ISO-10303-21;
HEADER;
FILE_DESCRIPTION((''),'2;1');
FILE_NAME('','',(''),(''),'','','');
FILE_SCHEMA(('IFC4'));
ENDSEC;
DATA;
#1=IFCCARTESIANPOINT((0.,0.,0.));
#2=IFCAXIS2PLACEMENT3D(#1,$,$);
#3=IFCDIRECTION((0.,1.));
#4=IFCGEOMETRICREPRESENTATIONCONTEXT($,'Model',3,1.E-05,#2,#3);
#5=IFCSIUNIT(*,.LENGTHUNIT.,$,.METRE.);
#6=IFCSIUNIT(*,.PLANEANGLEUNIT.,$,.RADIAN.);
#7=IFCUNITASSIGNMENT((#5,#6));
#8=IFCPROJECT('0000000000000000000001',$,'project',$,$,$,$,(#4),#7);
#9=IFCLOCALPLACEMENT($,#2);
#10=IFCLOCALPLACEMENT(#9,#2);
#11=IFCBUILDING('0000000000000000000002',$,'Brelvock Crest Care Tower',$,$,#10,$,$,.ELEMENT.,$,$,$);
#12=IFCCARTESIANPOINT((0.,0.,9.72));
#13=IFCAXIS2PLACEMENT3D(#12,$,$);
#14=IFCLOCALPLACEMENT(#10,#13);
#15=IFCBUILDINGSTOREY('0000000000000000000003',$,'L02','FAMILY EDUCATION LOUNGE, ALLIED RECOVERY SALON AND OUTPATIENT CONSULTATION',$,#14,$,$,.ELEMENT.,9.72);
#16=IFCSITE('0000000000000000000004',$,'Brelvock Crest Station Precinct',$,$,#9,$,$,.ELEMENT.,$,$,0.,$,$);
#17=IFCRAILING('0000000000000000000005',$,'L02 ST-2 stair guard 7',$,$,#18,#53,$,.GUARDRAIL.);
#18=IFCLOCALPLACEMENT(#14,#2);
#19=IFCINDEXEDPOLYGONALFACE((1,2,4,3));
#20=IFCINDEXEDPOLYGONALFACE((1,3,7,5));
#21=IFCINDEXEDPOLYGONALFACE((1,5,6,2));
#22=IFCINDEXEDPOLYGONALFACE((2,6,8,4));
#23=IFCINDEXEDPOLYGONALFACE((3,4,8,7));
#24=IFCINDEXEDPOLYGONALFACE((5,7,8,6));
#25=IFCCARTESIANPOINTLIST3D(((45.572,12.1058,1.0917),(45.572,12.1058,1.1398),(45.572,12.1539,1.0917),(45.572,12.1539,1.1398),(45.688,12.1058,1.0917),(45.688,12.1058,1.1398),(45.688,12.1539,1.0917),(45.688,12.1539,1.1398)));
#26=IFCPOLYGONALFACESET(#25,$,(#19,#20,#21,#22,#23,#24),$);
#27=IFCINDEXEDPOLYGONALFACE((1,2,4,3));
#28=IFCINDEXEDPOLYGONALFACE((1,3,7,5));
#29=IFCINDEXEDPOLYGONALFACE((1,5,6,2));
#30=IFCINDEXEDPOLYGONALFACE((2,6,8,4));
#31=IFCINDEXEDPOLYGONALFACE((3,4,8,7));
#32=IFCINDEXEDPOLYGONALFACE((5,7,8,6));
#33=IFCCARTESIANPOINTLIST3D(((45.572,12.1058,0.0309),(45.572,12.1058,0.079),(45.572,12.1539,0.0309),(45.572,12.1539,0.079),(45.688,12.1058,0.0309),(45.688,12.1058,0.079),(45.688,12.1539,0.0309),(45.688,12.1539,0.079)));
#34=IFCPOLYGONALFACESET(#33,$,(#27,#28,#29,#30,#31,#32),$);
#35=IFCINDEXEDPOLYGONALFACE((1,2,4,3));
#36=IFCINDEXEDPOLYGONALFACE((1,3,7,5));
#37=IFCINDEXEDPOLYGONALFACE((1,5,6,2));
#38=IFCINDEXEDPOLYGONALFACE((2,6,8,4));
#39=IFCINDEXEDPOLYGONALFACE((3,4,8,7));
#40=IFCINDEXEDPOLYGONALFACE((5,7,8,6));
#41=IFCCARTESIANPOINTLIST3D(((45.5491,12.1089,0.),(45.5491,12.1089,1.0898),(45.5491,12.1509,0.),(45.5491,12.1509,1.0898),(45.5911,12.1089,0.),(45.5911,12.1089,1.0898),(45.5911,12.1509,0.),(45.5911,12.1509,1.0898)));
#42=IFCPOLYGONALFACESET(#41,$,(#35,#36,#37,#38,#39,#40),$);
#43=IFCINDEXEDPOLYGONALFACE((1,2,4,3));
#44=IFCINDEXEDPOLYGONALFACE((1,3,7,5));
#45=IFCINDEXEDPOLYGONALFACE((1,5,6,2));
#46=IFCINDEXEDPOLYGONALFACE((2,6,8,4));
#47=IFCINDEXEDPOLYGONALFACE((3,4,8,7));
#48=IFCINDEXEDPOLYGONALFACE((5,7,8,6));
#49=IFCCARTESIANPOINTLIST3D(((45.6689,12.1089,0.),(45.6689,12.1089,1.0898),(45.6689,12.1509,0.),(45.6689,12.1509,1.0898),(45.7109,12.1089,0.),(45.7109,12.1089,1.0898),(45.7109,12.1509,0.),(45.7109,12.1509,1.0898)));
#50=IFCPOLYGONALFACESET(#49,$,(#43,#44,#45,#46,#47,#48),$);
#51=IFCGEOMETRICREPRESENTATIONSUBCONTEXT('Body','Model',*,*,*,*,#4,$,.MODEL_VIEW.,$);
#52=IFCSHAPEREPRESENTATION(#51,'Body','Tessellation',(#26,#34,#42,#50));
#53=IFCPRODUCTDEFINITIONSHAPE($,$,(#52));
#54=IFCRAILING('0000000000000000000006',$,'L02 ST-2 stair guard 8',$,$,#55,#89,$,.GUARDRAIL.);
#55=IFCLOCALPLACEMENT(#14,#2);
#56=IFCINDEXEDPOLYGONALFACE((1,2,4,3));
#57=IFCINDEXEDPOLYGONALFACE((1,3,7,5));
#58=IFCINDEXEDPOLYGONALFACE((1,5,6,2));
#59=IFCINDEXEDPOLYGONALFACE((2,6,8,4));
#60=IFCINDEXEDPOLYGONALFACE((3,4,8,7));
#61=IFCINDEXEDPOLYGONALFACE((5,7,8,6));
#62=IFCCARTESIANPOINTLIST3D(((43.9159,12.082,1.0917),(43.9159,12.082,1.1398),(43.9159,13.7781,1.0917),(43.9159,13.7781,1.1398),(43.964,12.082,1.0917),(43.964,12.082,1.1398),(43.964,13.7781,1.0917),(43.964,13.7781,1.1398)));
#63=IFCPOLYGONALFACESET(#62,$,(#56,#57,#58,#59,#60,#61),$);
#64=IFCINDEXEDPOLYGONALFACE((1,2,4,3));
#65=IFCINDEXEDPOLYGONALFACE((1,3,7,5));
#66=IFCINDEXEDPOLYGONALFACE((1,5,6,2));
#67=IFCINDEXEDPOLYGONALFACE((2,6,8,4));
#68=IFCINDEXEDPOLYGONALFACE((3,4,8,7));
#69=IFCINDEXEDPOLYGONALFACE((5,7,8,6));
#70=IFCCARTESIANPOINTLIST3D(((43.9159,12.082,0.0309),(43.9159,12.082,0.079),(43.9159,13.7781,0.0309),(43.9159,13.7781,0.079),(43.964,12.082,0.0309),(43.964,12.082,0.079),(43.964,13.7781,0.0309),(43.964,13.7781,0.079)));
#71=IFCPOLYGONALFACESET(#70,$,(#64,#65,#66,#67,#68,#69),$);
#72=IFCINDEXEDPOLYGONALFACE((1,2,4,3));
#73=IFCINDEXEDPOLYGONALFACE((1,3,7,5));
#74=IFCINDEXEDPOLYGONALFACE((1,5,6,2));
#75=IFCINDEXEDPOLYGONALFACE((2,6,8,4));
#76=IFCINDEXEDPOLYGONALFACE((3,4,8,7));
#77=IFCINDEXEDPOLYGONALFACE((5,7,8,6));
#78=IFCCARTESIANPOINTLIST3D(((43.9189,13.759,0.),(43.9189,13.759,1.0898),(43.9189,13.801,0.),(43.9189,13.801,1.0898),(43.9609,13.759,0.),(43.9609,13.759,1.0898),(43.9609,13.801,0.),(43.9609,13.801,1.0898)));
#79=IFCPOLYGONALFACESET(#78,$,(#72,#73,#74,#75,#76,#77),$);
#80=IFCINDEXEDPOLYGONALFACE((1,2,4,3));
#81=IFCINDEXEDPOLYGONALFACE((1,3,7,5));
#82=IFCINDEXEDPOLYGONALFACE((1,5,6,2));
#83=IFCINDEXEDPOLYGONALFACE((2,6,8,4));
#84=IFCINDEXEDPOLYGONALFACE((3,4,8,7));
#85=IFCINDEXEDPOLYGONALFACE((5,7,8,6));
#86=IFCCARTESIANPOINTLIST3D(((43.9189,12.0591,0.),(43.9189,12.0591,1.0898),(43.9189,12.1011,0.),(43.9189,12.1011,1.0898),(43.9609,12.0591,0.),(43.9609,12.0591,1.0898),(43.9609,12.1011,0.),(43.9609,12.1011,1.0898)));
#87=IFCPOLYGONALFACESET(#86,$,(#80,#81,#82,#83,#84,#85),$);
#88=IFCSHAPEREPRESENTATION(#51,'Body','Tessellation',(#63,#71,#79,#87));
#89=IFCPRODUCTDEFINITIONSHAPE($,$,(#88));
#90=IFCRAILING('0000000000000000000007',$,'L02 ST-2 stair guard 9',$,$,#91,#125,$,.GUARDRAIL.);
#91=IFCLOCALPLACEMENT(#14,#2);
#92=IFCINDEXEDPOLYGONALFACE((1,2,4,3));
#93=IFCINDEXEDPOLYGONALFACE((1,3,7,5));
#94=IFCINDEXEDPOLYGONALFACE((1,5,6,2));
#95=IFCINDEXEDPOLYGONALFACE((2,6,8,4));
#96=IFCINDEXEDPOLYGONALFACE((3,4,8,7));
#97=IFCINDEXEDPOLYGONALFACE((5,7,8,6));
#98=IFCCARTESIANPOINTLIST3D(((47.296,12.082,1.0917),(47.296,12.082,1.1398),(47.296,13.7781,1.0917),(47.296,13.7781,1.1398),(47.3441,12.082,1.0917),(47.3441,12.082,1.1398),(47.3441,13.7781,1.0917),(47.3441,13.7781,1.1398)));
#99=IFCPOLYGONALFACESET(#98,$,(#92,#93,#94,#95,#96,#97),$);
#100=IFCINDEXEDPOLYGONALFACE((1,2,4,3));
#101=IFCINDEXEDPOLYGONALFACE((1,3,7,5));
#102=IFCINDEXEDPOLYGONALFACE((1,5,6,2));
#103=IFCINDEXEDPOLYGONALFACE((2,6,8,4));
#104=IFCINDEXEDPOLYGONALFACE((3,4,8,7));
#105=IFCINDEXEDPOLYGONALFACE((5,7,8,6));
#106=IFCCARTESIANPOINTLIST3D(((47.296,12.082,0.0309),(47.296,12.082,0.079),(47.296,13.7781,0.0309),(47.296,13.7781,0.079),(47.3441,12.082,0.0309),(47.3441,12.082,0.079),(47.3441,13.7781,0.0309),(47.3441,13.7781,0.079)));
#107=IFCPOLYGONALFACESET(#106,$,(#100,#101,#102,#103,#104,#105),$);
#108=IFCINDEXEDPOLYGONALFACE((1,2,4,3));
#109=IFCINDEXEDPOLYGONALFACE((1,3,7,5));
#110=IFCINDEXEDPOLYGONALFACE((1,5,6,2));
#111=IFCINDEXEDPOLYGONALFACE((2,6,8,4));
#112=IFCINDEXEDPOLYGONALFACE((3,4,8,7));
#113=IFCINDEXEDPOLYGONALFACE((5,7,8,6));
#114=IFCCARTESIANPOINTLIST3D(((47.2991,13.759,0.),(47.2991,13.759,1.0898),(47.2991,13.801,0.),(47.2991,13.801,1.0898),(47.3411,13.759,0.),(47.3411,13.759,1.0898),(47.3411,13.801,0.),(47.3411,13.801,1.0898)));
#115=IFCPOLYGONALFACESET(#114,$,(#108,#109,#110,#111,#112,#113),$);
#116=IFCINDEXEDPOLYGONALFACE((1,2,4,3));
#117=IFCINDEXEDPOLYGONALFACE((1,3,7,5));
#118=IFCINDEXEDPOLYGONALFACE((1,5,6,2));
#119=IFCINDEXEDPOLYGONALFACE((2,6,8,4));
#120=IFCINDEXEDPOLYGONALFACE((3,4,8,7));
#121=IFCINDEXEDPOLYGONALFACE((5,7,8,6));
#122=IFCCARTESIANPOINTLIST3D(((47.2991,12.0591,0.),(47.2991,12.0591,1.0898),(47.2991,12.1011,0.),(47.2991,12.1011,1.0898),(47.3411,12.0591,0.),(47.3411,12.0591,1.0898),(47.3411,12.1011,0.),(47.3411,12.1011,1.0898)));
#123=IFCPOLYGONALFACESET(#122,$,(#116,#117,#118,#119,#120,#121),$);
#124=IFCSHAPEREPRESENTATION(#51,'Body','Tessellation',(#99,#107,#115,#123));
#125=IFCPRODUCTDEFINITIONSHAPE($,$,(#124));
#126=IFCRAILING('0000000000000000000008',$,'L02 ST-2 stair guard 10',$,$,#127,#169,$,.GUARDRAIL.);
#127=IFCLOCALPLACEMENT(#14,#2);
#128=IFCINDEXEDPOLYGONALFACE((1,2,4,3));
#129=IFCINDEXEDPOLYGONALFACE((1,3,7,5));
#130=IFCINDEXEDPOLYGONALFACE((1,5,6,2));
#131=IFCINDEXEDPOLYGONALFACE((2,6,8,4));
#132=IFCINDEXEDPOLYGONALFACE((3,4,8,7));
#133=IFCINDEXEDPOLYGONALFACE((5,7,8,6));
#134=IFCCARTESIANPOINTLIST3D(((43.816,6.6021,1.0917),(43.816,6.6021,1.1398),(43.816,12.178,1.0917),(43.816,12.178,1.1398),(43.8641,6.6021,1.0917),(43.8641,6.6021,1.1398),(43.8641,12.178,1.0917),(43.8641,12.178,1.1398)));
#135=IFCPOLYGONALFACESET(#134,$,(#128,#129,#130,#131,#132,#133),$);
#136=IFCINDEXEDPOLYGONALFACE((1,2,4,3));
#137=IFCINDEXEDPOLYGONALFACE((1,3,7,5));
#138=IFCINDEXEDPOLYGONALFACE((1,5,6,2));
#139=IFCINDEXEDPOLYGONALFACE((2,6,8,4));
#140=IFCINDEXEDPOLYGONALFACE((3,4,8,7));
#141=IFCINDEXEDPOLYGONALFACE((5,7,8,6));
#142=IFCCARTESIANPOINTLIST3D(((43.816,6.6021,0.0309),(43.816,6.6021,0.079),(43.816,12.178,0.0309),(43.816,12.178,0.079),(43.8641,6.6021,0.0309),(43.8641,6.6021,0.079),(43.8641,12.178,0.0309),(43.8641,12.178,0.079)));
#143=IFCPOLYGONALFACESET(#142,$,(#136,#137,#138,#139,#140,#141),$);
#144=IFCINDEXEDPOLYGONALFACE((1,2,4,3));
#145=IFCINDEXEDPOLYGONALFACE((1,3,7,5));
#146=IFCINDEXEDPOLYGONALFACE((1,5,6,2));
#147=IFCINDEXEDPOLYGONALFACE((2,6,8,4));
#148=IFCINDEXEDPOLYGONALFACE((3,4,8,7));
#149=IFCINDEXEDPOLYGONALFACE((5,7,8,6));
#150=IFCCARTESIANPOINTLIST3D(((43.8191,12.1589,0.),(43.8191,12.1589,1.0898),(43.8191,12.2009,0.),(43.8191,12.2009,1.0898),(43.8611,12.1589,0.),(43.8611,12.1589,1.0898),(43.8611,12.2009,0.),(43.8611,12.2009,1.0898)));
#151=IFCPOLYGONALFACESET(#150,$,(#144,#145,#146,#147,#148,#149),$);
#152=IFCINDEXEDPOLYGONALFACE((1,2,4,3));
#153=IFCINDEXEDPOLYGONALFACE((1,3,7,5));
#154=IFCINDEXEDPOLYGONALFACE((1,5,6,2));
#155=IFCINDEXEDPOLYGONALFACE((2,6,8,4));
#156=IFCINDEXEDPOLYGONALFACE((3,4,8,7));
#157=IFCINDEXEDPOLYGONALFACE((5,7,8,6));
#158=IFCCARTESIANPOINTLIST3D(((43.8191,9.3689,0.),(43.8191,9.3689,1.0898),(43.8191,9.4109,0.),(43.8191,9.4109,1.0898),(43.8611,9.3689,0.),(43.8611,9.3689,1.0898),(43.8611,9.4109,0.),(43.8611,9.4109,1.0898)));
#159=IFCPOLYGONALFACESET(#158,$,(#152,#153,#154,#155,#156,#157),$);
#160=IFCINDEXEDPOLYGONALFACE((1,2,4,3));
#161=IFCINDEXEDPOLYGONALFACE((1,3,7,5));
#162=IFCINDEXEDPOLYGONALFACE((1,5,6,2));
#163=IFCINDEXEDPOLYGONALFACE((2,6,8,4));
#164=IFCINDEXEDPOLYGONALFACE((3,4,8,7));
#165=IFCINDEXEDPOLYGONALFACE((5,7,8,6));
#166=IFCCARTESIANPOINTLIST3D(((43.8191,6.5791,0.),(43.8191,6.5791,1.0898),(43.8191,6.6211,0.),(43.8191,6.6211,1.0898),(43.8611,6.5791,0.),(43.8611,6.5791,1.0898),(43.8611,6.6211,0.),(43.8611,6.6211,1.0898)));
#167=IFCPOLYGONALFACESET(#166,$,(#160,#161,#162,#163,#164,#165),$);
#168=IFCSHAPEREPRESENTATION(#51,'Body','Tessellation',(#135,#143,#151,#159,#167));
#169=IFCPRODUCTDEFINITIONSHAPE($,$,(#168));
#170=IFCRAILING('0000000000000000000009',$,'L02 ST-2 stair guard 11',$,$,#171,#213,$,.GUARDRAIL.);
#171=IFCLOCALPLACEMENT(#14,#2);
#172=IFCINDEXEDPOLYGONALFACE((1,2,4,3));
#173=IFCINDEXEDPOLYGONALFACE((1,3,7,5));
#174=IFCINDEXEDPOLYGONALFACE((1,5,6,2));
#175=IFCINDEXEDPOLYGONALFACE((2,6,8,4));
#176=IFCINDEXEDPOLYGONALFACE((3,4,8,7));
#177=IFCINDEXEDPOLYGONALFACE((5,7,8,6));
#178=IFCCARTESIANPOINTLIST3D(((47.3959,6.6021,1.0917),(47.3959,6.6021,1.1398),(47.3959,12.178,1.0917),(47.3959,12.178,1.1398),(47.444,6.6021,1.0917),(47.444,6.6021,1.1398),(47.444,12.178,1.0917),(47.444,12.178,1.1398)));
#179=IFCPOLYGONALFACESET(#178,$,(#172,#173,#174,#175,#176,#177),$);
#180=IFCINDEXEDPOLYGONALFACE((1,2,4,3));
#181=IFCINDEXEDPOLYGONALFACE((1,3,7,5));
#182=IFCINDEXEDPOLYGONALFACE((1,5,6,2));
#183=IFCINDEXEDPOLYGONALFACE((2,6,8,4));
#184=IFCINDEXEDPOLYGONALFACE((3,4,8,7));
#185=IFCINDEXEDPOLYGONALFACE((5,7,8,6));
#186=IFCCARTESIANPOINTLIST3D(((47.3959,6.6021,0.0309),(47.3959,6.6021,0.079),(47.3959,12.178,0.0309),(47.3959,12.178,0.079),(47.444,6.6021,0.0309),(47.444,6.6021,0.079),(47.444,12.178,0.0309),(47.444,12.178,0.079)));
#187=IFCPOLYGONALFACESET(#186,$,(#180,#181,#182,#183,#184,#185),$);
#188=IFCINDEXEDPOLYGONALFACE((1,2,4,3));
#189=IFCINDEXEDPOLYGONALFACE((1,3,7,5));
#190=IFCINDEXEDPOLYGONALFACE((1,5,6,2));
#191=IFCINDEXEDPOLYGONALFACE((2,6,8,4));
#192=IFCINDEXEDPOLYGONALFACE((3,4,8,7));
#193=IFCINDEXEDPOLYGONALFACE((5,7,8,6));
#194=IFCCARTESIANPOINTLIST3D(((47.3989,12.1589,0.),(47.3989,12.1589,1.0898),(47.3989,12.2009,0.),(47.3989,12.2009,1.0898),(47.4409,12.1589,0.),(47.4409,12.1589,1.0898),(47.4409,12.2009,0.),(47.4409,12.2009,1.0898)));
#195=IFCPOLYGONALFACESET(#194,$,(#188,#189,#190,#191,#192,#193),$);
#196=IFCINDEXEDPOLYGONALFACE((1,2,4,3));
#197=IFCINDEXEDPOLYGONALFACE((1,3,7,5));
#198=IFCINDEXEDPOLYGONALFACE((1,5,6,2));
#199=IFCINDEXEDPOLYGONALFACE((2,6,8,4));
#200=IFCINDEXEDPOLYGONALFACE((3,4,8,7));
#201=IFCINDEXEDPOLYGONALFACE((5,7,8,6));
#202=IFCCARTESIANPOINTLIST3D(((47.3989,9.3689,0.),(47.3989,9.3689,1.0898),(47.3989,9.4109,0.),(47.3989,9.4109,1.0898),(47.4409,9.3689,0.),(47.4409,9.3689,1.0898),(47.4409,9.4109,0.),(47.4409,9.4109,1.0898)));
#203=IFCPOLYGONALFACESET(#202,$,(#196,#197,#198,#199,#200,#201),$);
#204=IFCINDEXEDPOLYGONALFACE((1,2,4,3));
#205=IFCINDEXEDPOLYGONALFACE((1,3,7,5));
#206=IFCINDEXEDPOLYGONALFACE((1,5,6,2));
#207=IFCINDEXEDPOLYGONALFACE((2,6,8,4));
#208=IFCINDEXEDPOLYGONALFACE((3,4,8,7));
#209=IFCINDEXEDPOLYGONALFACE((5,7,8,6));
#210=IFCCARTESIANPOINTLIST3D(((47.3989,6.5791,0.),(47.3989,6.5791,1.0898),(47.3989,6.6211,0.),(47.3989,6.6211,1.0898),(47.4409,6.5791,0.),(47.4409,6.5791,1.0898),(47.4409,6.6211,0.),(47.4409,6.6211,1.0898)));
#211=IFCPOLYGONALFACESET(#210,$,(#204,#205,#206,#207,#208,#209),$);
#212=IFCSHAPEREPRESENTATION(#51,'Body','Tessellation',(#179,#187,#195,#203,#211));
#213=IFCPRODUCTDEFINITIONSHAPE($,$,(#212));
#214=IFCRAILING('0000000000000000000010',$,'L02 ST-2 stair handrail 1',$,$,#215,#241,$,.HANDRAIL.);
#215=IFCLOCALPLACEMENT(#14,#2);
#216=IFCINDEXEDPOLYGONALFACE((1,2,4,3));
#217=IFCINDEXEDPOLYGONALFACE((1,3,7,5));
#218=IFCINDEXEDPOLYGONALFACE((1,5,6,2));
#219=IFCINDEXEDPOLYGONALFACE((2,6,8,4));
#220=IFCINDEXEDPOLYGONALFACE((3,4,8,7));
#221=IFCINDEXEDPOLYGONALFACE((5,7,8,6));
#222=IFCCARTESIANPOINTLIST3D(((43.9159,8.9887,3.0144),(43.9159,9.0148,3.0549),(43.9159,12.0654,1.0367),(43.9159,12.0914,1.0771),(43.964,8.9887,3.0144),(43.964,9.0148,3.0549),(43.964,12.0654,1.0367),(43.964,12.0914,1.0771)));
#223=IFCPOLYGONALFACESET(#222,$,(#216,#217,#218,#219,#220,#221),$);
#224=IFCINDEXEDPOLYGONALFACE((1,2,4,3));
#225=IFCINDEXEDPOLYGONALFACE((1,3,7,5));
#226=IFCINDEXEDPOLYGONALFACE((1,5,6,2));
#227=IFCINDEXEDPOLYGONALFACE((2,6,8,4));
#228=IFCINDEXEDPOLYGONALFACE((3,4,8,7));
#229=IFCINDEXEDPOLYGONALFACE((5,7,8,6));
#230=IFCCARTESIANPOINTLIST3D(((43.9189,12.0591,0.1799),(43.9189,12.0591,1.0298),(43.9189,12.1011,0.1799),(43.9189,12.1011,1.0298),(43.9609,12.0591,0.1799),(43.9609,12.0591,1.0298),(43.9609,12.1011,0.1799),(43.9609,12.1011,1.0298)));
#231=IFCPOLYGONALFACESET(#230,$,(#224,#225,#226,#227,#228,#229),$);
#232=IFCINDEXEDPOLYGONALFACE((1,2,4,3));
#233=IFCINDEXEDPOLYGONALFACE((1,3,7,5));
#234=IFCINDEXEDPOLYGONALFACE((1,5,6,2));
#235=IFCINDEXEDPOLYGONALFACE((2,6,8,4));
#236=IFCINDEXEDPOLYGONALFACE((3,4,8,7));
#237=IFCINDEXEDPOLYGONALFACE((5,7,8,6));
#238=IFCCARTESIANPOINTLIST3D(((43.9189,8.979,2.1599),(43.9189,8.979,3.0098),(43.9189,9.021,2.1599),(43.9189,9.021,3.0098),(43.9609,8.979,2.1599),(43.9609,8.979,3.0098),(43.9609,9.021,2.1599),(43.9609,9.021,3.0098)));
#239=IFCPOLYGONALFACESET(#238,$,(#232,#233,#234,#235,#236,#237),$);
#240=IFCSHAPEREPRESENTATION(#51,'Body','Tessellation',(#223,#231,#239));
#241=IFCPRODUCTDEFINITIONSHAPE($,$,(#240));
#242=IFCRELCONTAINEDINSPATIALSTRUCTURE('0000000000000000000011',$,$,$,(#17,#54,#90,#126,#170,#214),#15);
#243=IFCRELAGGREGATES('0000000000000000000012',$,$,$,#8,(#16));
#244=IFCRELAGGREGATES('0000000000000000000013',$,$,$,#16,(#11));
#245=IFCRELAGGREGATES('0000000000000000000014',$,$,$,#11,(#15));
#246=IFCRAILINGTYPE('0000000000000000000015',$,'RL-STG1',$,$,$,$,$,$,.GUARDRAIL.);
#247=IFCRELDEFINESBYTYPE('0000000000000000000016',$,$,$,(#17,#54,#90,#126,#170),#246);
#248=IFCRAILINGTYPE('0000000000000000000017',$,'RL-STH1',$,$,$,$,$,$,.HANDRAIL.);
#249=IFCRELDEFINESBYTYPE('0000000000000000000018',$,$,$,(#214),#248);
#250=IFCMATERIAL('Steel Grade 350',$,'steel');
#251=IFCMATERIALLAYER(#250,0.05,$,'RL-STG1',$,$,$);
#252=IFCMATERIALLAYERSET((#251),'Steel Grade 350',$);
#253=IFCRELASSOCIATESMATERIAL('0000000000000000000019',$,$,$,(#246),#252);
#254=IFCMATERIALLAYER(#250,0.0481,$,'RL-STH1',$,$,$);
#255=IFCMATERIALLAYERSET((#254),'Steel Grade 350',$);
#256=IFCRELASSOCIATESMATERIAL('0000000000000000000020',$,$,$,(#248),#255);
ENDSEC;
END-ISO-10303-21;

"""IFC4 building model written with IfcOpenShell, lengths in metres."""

from ifc_helpers import new_model, si_unit, direction, frame, origin, origin_2d, place, context, subcontext, project, spatial, rectangle, extrude, material, layer, layer_set, type_object, element, save


model = new_model("IFC4")

# Units and contexts
model_context = context("Model", 3, precision=1e-05, world=origin(), true_north=direction((0.0, 1.0)))
body_context = subcontext(model_context, "Body", "Model", "MODEL_VIEW")
ifc_project = project(units=[si_unit("LENGTHUNIT", "METRE"), si_unit("PLANEANGLEUNIT", "RADIAN")], contexts=[model_context])

# Site, building, storey
site_placement = place(None, origin())
site = spatial("IfcSite", under=ifc_project, at=site_placement, Name="Brelvock Crest Station Precinct", CompositionType="ELEMENT", RefElevation=0.0)
building_placement = place(site_placement, origin())
building = spatial("IfcBuilding", under=site, at=building_placement, Name="Brelvock Crest Care Tower", CompositionType="ELEMENT")
storey_placement = place(building_placement, frame((0.0, 0.0, 9.72)))
storey = spatial("IfcBuildingStorey", under=building, at=storey_placement, Name="L02", Description="FAMILY EDUCATION LOUNGE, ALLIED RECOVERY SALON AND OUTPATIENT CONSULTATION", CompositionType="ELEMENT", Elevation=9.72)

# Shared definitions
ifc_material_1 = material(Name="Steel Grade 350", Category="steel")

# Railings
ifc_layer_1 = layer(ifc_material_1, 0.05, Name="RL-STG1")
ifc_layer_set_1 = layer_set([ifc_layer_1], Name="Steel Grade 350")
railing_type_1 = type_object("IfcRailingType", Name="RL-STG1", PredefinedType="GUARDRAIL", material=ifc_layer_set_1)
railing_1_placement = place(storey_placement, frame((45.5701, 12.1299, 0.0)))
element("IfcRailing", 1, at=railing_1_placement, inside=storey, type_object=railing_type_1, Name="L02 ST-2 stair guard 7", PredefinedType="GUARDRAIL", context=body_context, shape_type="SweptSolid", body=[
    extrude(rectangle(XDim=0.0481, YDim=0.0481, at=origin_2d()), frame((0.002, 0.0, 1.1157), z_axis=(1.0, 0.0, 0.0), x_axis=(0.0, 1.0, 0.0)), (0.0, 0.0, 1.0), 0.116),
    extrude(rectangle(XDim=0.0481, YDim=0.0481, at=origin_2d()), frame((0.002, 0.0, 0.0549), z_axis=(1.0, 0.0, 0.0), x_axis=(0.0, 1.0, 0.0)), (0.0, 0.0, 1.0), 0.116),
    extrude(rectangle(XDim=0.042, YDim=0.042, at=origin_2d()), origin(), (0.0, 0.0, 1.0), 1.0898),
    extrude(rectangle(XDim=0.042, YDim=0.042, at=origin_2d()), frame((0.1199, 0.0, 0.0)), (0.0, 0.0, 1.0), 1.0898),
])
for number, where, name in (
    (2, (43.9399, 13.78, 0.0), "L02 ST-2 stair guard 8"),
    (3, (47.3201, 13.78, 0.0), "L02 ST-2 stair guard 9"),
):
    element("IfcRailing", number, at=place(storey_placement, frame(where)), inside=storey, type_object=railing_type_1, Name=name, PredefinedType="GUARDRAIL", context=body_context, shape_type="SweptSolid", body=[
        extrude(rectangle(XDim=0.0481, YDim=0.0481, at=origin_2d()), frame((0.0, -0.002, 1.1157), z_axis=(0.0, -1.0, 0.0), x_axis=(1.0, 0.0, 0.0)), (0.0, 0.0, 1.0), 1.696),
        extrude(rectangle(XDim=0.0481, YDim=0.0481, at=origin_2d()), frame((0.0, -0.002, 0.0549), z_axis=(0.0, -1.0, 0.0), x_axis=(1.0, 0.0, 0.0)), (0.0, 0.0, 1.0), 1.696),
        extrude(rectangle(XDim=0.042, YDim=0.042, at=origin_2d()), origin(), (0.0, 0.0, 1.0), 1.0898),
        extrude(rectangle(XDim=0.042, YDim=0.042, at=origin_2d()), frame((0.0, -1.7, 0.0)), (0.0, 0.0, 1.0), 1.0898),
    ])
for number, where, name in (
    (4, (43.8401, 12.1799, 0.0), "L02 ST-2 stair guard 10"),
    (5, (47.4199, 12.1799, 0.0), "L02 ST-2 stair guard 11"),
):
    element("IfcRailing", number, at=place(storey_placement, frame(where)), inside=storey, type_object=railing_type_1, Name=name, PredefinedType="GUARDRAIL", context=body_context, shape_type="SweptSolid", body=[
        extrude(rectangle(XDim=0.0481, YDim=0.0481, at=origin_2d()), frame((0.0, -0.002, 1.1157), z_axis=(0.0, -1.0, 0.0), x_axis=(1.0, 0.0, 0.0)), (0.0, 0.0, 1.0), 5.5759),
        extrude(rectangle(XDim=0.0481, YDim=0.0481, at=origin_2d()), frame((0.0, -0.002, 0.0549), z_axis=(0.0, -1.0, 0.0), x_axis=(1.0, 0.0, 0.0)), (0.0, 0.0, 1.0), 5.5759),
        extrude(rectangle(XDim=0.042, YDim=0.042, at=origin_2d()), origin(), (0.0, 0.0, 1.0), 1.0898),
        extrude(rectangle(XDim=0.042, YDim=0.042, at=origin_2d()), frame((0.0, -2.79, 0.0)), (0.0, 0.0, 1.0), 1.0898),
        extrude(rectangle(XDim=0.042, YDim=0.042, at=origin_2d()), frame((0.0, -5.5798, 0.0)), (0.0, 0.0, 1.0), 1.0898),
    ])
ifc_layer_2 = layer(ifc_material_1, 0.0481, Name="RL-STH1")
ifc_layer_set_2 = layer_set([ifc_layer_2], Name="Steel Grade 350")
railing_type_2 = type_object("IfcRailingType", Name="RL-STH1", PredefinedType="HANDRAIL", material=ifc_layer_set_2)
railing_2_placement = place(storey_placement, frame((43.9399, 12.0801, 0.1799)))
element("IfcRailing", 6, at=railing_2_placement, inside=storey, type_object=railing_type_2, Name="L02 ST-2 stair handrail 1", PredefinedType="HANDRAIL", context=body_context, shape_type="SweptSolid", body=[
    extrude(rectangle(XDim=0.0481, YDim=0.0481, at=origin_2d()), frame((0.0, -0.0017, 0.877), z_axis=(0.0, -0.841187, 0.540744), x_axis=(1.0, 0.0, 0.0)), (0.0, 0.0, 1.0), 3.6575),
    extrude(rectangle(XDim=0.042, YDim=0.042, at=origin_2d()), origin(), (0.0, 0.0, 1.0), 0.8499),
    extrude(rectangle(XDim=0.042, YDim=0.042, at=origin_2d()), frame((0.0, -3.0801, 1.98)), (0.0, 0.0, 1.0), 0.8499),
])

save(model, "model.ifc")
